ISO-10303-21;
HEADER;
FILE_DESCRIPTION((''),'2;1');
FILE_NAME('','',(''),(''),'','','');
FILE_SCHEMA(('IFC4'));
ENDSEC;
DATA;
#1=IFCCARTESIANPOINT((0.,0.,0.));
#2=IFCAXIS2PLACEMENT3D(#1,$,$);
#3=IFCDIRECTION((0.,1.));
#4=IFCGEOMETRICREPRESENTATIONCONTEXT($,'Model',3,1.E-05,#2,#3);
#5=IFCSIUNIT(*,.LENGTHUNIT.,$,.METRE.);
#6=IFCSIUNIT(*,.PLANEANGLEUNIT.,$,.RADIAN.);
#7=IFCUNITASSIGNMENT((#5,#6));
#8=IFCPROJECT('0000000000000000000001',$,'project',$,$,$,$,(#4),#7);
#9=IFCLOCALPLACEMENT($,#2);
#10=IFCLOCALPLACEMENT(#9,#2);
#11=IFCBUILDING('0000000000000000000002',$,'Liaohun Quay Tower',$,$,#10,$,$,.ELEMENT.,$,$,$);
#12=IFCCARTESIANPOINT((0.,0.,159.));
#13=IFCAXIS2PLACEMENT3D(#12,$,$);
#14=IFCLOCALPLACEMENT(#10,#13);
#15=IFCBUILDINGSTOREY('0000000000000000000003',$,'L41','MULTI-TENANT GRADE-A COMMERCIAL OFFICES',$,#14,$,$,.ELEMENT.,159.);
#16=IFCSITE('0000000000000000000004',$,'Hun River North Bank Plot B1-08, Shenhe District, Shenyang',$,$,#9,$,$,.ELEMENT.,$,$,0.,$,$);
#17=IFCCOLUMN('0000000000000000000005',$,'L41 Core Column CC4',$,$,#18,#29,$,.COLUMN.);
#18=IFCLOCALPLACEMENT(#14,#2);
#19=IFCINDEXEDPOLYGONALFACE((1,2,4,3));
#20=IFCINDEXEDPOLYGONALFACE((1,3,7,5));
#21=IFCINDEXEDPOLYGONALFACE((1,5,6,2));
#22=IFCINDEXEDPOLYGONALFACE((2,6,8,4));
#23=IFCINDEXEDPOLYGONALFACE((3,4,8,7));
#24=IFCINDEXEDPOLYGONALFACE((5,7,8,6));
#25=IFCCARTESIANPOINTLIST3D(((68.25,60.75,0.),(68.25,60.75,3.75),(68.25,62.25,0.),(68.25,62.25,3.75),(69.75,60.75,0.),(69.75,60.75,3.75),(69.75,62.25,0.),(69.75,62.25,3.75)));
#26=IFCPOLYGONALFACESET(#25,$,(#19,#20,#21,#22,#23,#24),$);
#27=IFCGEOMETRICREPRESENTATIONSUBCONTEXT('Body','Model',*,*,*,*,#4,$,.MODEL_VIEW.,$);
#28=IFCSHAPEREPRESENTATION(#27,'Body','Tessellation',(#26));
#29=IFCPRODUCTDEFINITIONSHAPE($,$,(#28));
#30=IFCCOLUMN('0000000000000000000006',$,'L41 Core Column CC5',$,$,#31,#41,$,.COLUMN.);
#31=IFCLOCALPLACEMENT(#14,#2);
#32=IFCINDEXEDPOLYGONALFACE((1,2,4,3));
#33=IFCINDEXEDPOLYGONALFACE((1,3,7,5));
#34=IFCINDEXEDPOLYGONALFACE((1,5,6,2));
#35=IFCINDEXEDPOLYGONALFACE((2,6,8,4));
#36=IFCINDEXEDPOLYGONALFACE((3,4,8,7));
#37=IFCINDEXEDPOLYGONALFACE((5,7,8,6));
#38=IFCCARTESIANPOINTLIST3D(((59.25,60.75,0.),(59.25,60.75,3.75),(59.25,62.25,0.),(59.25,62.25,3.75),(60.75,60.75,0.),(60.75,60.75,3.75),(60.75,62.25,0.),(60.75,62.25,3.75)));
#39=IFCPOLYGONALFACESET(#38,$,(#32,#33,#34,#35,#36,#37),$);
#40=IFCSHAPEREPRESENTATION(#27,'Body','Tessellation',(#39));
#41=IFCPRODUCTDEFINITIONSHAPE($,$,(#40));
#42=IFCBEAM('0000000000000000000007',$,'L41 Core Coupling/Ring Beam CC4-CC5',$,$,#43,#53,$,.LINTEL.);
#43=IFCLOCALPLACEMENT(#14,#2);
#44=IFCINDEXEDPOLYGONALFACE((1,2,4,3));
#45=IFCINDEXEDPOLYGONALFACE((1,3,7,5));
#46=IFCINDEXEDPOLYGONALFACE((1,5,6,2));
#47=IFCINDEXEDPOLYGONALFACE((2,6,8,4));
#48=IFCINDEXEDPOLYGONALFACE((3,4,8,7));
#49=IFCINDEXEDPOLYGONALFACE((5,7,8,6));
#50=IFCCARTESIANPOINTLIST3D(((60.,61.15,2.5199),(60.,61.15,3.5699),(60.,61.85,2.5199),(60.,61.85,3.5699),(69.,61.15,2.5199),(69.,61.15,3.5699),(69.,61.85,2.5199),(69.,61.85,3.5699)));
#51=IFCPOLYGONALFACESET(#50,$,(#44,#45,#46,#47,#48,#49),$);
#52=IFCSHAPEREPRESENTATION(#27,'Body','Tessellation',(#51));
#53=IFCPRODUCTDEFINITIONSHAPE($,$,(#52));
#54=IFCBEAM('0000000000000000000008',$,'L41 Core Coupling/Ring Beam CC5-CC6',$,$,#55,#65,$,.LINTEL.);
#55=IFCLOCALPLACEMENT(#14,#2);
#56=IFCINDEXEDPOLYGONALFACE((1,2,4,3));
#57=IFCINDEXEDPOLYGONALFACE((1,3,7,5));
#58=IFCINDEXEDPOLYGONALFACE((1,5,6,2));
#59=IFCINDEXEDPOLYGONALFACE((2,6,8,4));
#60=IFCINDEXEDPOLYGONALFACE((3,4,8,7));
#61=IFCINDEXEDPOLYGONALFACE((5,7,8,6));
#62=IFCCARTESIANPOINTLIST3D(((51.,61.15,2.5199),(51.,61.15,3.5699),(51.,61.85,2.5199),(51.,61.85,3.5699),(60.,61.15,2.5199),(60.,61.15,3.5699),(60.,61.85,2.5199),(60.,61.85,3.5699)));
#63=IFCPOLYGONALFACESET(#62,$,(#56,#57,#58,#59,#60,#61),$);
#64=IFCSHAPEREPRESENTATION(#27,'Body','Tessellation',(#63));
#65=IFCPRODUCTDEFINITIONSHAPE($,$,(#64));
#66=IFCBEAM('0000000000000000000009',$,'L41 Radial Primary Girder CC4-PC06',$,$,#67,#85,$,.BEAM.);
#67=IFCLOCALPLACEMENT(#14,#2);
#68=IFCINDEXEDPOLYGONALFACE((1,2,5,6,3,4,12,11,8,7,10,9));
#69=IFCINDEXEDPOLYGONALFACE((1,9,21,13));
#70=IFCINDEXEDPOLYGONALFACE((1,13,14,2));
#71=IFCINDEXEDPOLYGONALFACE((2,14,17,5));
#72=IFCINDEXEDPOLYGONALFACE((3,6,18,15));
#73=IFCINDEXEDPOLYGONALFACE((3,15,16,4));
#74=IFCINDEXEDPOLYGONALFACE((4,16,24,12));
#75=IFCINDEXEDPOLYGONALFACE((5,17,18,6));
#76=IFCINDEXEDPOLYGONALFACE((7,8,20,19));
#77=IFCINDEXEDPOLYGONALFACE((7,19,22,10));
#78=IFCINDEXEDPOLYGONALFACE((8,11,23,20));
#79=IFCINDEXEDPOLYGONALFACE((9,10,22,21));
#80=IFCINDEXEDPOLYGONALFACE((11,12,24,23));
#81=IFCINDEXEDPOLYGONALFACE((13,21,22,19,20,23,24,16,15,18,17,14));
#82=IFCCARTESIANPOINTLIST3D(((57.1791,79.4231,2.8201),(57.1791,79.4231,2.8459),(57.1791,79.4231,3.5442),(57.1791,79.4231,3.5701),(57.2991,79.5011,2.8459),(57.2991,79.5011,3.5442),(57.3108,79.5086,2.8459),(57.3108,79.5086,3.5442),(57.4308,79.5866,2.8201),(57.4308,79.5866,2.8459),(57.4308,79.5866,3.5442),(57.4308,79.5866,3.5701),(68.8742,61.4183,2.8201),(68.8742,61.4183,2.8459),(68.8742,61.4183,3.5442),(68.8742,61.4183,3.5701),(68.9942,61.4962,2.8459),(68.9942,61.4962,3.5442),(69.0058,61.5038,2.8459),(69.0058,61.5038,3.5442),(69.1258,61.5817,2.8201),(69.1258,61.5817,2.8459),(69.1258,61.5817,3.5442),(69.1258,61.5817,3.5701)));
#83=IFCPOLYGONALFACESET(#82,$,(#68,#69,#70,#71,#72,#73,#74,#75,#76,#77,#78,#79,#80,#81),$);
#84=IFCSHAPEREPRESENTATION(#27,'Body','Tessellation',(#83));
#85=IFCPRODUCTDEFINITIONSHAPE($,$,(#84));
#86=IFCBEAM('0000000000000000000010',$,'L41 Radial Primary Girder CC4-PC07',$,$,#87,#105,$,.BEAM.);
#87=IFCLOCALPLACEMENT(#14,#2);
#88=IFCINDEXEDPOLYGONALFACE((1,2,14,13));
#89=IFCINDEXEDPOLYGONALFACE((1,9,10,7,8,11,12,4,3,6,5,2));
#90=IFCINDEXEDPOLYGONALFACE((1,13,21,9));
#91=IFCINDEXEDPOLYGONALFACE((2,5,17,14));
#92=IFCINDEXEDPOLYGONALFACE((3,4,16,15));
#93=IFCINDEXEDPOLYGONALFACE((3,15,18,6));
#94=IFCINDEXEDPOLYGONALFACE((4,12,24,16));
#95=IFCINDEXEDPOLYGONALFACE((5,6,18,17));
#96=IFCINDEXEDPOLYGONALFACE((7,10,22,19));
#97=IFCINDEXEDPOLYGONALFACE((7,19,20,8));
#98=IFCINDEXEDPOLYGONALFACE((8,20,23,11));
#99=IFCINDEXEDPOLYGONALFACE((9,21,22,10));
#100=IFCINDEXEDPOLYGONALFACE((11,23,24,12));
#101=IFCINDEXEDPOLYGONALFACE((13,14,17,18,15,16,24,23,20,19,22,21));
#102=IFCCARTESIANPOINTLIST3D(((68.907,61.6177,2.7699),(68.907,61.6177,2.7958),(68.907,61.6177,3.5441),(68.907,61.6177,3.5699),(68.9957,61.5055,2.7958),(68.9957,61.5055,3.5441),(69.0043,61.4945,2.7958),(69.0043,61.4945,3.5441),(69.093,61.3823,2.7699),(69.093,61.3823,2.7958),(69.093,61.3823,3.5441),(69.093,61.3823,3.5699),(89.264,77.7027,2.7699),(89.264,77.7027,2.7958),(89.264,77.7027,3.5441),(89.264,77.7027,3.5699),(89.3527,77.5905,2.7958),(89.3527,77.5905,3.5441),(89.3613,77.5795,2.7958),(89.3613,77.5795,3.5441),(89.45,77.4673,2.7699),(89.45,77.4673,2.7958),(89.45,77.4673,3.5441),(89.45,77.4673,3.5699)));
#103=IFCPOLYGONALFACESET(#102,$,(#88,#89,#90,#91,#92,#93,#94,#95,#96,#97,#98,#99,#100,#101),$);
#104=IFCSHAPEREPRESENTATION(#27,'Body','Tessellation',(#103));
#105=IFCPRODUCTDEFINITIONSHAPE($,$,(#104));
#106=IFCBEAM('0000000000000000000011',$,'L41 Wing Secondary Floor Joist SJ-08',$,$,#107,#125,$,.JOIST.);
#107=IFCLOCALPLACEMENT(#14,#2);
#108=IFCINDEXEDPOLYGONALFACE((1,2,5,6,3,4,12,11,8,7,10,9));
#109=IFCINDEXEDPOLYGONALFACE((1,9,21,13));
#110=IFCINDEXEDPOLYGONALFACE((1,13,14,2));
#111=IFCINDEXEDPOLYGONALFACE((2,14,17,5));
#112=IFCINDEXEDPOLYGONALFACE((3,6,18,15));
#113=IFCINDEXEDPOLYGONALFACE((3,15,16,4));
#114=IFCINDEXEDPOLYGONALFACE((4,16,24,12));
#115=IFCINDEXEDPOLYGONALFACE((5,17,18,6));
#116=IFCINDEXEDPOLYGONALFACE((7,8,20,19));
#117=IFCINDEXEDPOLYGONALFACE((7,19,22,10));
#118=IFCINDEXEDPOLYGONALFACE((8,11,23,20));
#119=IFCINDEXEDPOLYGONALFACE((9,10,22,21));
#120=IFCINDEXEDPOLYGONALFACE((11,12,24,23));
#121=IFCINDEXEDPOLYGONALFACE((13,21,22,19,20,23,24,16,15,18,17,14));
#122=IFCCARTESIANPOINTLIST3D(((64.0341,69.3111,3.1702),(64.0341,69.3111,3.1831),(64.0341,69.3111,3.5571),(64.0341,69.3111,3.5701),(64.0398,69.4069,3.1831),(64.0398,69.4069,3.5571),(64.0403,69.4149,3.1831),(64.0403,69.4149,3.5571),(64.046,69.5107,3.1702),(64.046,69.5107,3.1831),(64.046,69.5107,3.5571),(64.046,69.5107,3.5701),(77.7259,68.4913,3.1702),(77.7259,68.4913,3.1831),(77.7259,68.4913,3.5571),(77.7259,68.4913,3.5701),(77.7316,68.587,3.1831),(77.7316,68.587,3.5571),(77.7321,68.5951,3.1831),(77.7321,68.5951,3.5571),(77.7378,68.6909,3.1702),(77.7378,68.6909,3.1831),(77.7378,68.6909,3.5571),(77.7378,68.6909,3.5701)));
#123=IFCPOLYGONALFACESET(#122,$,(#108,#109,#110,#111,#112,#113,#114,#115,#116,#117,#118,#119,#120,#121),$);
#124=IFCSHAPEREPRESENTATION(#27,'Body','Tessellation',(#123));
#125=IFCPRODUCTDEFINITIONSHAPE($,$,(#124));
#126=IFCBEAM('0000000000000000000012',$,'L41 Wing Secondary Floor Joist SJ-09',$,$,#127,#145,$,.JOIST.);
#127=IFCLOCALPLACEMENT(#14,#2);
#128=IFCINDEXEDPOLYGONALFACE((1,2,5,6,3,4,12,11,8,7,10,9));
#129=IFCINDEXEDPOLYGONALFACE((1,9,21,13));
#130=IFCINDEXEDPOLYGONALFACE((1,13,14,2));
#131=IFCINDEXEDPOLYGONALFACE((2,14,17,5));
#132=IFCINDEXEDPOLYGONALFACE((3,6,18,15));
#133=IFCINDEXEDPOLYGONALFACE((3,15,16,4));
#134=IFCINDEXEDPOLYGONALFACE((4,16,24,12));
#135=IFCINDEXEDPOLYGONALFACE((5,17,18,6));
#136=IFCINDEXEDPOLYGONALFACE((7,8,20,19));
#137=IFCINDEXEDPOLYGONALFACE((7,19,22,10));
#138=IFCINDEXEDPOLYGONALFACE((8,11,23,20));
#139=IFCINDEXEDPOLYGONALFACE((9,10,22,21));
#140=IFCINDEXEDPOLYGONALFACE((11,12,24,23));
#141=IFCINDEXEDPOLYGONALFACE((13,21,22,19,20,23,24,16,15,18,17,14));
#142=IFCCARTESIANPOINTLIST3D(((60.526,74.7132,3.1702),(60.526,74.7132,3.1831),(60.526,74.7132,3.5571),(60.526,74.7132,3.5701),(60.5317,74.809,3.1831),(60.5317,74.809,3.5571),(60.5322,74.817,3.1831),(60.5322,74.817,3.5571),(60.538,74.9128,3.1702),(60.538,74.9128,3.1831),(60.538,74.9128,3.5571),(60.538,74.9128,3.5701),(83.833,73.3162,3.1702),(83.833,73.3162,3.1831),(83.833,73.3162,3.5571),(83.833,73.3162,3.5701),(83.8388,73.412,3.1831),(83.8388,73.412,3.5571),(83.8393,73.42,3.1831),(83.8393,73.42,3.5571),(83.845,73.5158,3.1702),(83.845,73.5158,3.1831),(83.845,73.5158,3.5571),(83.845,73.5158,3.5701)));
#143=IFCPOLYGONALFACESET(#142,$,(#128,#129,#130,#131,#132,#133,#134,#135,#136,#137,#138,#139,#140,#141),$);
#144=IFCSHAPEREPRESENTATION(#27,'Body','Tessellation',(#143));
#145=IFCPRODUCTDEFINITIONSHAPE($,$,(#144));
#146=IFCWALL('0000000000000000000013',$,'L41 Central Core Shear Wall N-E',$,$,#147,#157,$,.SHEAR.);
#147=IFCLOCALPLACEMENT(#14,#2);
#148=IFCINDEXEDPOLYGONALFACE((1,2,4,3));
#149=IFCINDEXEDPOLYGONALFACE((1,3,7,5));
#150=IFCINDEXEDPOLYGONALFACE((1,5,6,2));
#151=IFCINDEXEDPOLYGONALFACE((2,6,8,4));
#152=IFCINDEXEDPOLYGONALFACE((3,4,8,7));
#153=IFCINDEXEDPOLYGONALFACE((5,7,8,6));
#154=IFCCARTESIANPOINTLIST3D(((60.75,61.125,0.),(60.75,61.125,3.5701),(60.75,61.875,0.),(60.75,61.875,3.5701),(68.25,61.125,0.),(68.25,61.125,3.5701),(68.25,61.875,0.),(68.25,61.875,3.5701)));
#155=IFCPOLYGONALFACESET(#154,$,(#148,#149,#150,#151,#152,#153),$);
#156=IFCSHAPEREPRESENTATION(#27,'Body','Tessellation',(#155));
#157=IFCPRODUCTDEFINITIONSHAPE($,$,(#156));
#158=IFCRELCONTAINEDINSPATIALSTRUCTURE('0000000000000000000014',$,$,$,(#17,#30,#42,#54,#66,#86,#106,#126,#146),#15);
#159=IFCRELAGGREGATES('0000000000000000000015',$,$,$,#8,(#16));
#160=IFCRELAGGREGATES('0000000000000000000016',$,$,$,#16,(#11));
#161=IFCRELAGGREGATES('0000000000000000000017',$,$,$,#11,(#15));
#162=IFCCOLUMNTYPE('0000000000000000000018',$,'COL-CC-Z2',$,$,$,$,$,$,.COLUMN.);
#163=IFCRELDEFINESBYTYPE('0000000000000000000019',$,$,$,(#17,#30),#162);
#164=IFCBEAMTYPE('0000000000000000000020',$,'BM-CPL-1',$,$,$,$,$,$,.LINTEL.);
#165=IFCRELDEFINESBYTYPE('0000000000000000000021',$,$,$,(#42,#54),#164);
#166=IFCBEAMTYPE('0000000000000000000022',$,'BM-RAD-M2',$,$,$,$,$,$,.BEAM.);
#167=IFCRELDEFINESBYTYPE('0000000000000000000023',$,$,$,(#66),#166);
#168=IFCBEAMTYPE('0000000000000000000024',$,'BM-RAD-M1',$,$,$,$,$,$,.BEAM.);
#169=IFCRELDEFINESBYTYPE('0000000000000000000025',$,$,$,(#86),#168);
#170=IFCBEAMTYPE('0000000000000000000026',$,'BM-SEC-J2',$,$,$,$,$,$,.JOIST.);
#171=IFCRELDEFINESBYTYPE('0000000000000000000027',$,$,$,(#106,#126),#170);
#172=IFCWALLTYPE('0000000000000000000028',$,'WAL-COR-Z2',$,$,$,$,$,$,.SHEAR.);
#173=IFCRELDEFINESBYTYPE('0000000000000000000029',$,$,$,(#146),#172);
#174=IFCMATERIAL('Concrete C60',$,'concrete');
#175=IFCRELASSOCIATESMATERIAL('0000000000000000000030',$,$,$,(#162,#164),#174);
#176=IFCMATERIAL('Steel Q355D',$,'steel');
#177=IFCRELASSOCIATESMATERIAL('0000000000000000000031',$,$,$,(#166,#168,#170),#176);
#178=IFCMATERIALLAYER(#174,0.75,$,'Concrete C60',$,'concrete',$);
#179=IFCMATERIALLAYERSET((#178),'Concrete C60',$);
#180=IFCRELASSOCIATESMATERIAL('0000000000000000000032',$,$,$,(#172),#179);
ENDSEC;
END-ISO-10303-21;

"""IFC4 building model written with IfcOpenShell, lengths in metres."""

from ifc_helpers import new_model, si_unit, direction, frame, frame_2d, origin, origin_2d, place, context, subcontext, project, spatial, rectangle, i_section, extrude, source, transform, mapped, material, layer, layer_set, material_profile, profile_set, type_object, element, save


model = new_model("IFC4")

# Units and contexts
model_context = context("Model", 3, precision=1e-05, world=origin(), true_north=direction((0.0, 1.0)))
body_context = subcontext(model_context, "Body", "Model", "MODEL_VIEW")
ifc_project = project(units=[si_unit("LENGTHUNIT", "METRE"), si_unit("PLANEANGLEUNIT", "RADIAN")], contexts=[model_context])

# Site, building, storey
site_placement = place(None, origin())
site = spatial("IfcSite", under=ifc_project, at=site_placement, Name="Hun River North Bank Plot B1-08, Shenhe District, Shenyang", CompositionType="ELEMENT", RefElevation=0.0)
building_placement = place(site_placement, origin())
building = spatial("IfcBuilding", under=site, at=building_placement, Name="Liaohun Quay Tower", CompositionType="ELEMENT")
storey_placement = place(building_placement, frame((0.0, 0.0, 159.0)))
storey = spatial("IfcBuildingStorey", under=building, at=storey_placement, Name="L41", Description="MULTI-TENANT GRADE-A COMMERCIAL OFFICES", CompositionType="ELEMENT", Elevation=159.0)

# Columns
ifc_material_1 = material(Name="Concrete C60", Category="concrete")
ifc_material_profile_1 = material_profile(ifc_material_1, rectangle(XDim=1.5, YDim=1.5, at=origin_2d()), Name="RC1500x1500")
ifc_profile_set_1 = profile_set([ifc_material_profile_1], Name="Concrete C60")
column_type = type_object("IfcColumnType", Name="COL-CC-Z2", PredefinedType="COLUMN", material=ifc_profile_set_1)
shared_shape_1 = source(origin(), body_context, "Body", "SweptSolid", [
    extrude(rectangle(XDim=1.5, YDim=1.5, at=origin_2d()), origin(), (0.0, 0.0, 1.0), 3.75),
])
for number, where, z_axis, x_axis, name in (
    (1, (69.0, 61.5, 0.0), (0.0, 0.0, 1.0), (1.0, 0.0, 0.0), "L41 Core Column CC4"),
    (2, (60.0, 61.5, 0.0), (0.0, 0.0, 1.0), (1.0, 0.0, 0.0), "L41 Core Column CC5"),
):
    element("IfcColumn", number, at=place(storey_placement, frame(where, z_axis=z_axis, x_axis=x_axis)), inside=storey, type_object=column_type, Name=name, PredefinedType="COLUMN", context=body_context, shape_type="MappedRepresentation", body=[
        mapped(shared_shape_1, transform((0.0, 0.0, 0.0), x_axis=(1.0, 0.0, 0.0), y_axis=(0.0, 1.0, 0.0), z_axis=(0.0, 0.0, 1.0), scale=1.0)),
    ])

# Beams
ifc_material_profile_2 = material_profile(ifc_material_1, rectangle(XDim=0.7, YDim=1.05, at=origin_2d()), Name="RC700x1050")
ifc_profile_set_2 = profile_set([ifc_material_profile_2], Name="Concrete C60")
beam_type_1 = type_object("IfcBeamType", Name="BM-CPL-1", PredefinedType="LINTEL", material=ifc_profile_set_2)
shared_shape_2 = source(origin(), body_context, "Body", "SweptSolid", [
    extrude(rectangle(XDim=0.7, YDim=1.05, at=origin_2d()), origin(), (0.0, 0.0, 1.0), 9.0),
])
for number, where, z_axis, x_axis, name in (
    (3, (69.0, 61.5, 3.0449), (-1.0, 0.0, 0.0), (0.0, -1.0, 0.0), "L41 Core Coupling/Ring Beam CC4-CC5"),
    (4, (60.0, 61.5, 3.0449), (-1.0, 0.0, 0.0), (0.0, -1.0, 0.0), "L41 Core Coupling/Ring Beam CC5-CC6"),
):
    element("IfcBeam", number, at=place(storey_placement, frame(where, z_axis=z_axis, x_axis=x_axis)), inside=storey, type_object=beam_type_1, Name=name, PredefinedType="LINTEL", context=body_context, shape_type="MappedRepresentation", body=[
        mapped(shared_shape_2, transform((0.0, 0.0, 0.0), x_axis=(1.0, 0.0, 0.0), y_axis=(0.0, 1.0, 0.0), z_axis=(0.0, 0.0, 1.0), scale=1.0)),
    ])
ifc_material_2 = material(Name="Steel Q355D", Category="steel")
ifc_material_profile_3 = material_profile(ifc_material_2, i_section(OverallWidth=0.3, OverallDepth=0.75, WebThickness=0.0139, FlangeThickness=0.0259, at=origin_2d()), Name="HN750x300x14x26")
ifc_profile_set_3 = profile_set([ifc_material_profile_3], Name="Steel Q355D")
beam_type_2 = type_object("IfcBeamType", Name="BM-RAD-M2", PredefinedType="BEAM", material=ifc_profile_set_3)
shared_shape_3 = source(origin(), body_context, "Body", "SweptSolid", [
    extrude(i_section(OverallWidth=0.3, OverallDepth=0.75, WebThickness=0.0139, FlangeThickness=0.0259, at=origin_2d()), origin(), (0.0, 0.0, 1.0), 21.4697),
])
beam_1_placement = place(storey_placement, frame((69.0, 61.5, 3.1951), z_axis=(-0.544723, 0.838616, 0.0), x_axis=(-0.838616, -0.544723, 0.0)))
element("IfcBeam", 5, at=beam_1_placement, inside=storey, type_object=beam_type_2, Name="L41 Radial Primary Girder CC4-PC06", PredefinedType="BEAM", context=body_context, shape_type="MappedRepresentation", body=[
    mapped(shared_shape_3, transform((0.0, 0.0, 0.0), x_axis=(1.0, 0.0, 0.0), y_axis=(0.0, 1.0, 0.0), z_axis=(0.0, 0.0, 1.0), scale=1.0)),
])
ifc_material_profile_4 = material_profile(ifc_material_2, i_section(OverallWidth=0.3, OverallDepth=0.8, WebThickness=0.0139, FlangeThickness=0.0259, at=origin_2d()), Name="HN800x300x14x26")
ifc_profile_set_4 = profile_set([ifc_material_profile_4], Name="Steel Q355D")
beam_type_3 = type_object("IfcBeamType", Name="BM-RAD-M1", PredefinedType="BEAM", material=ifc_profile_set_4)
shared_shape_4 = source(origin(), body_context, "Body", "SweptSolid", [
    extrude(i_section(OverallWidth=0.3, OverallDepth=0.8, WebThickness=0.0139, FlangeThickness=0.0259, at=origin_2d()), origin(), (0.0, 0.0, 1.0), 25.9448),
])
beam_2_placement = place(storey_placement, frame((69.0, 61.5, 3.1699), z_axis=(0.784626, 0.619969, 0.0), x_axis=(-0.619969, 0.784626, 0.0)))
element("IfcBeam", 6, at=beam_2_placement, inside=storey, type_object=beam_type_3, Name="L41 Radial Primary Girder CC4-PC07", PredefinedType="BEAM", context=body_context, shape_type="MappedRepresentation", body=[
    mapped(shared_shape_4, transform((0.0, 0.0, 0.0), x_axis=(1.0, 0.0, 0.0), y_axis=(0.0, 1.0, 0.0), z_axis=(0.0, 0.0, 1.0), scale=1.0)),
])
ifc_material_profile_5 = material_profile(ifc_material_2, i_section(OverallWidth=0.2, OverallDepth=0.3999, WebThickness=0.0081, FlangeThickness=0.0129, at=origin_2d()), Name="HN400x200x8x13")
ifc_profile_set_5 = profile_set([ifc_material_profile_5], Name="Steel Q355D")
beam_type_4 = type_object("IfcBeamType", Name="BM-SEC-J2", PredefinedType="JOIST", material=ifc_profile_set_5)
shared_shape_5 = source(origin(), body_context, "Body", "SweptSolid", [
    extrude(i_section(OverallWidth=0.2, OverallDepth=0.3999, WebThickness=0.0081, FlangeThickness=0.0129, at=origin_2d()), origin(), (0.0, 0.0, 1.0), 13.7163),
])
beam_3_placement = place(storey_placement, frame((64.04, 69.4109, 3.3701), z_axis=(0.998212, -0.05977, 0.0), x_axis=(0.05977, 0.998212, 0.0)))
element("IfcBeam", 7, at=beam_3_placement, inside=storey, type_object=beam_type_4, Name="L41 Wing Secondary Floor Joist SJ-08", PredefinedType="JOIST", context=body_context, shape_type="MappedRepresentation", body=[
    mapped(shared_shape_5, transform((0.0, 0.0, 0.0), x_axis=(1.0, 0.0, 0.0), y_axis=(0.0, 1.0, 0.0), z_axis=(0.0, 0.0, 1.0), scale=1.0)),
])
shared_shape_6 = source(origin(), body_context, "Body", "SweptSolid", [
    extrude(i_section(OverallWidth=0.2, OverallDepth=0.3999, WebThickness=0.0081, FlangeThickness=0.0129, at=origin_2d()), origin(), (0.0, 0.0, 1.0), 23.3489),
])
beam_4_placement = place(storey_placement, frame((60.532, 74.813, 3.3701), z_axis=(0.998209, -0.05983, 0.0), x_axis=(0.05983, 0.998209, 0.0)))
element("IfcBeam", 8, at=beam_4_placement, inside=storey, type_object=beam_type_4, Name="L41 Wing Secondary Floor Joist SJ-09", PredefinedType="JOIST", context=body_context, shape_type="MappedRepresentation", body=[
    mapped(shared_shape_6, transform((0.0, 0.0, 0.0), x_axis=(1.0, 0.0, 0.0), y_axis=(0.0, 1.0, 0.0), z_axis=(0.0, 0.0, 1.0), scale=1.0)),
])

# Wall
ifc_layer_1 = layer(ifc_material_1, 0.75, Name="Concrete C60", Category="concrete")
ifc_layer_set_1 = layer_set([ifc_layer_1], Name="Concrete C60")
wall_type_1 = type_object("IfcWallType", Name="WAL-COR-Z2", PredefinedType="SHEAR", material=ifc_layer_set_1)
wall_1_placement = place(storey_placement, frame((60.75, 61.5, 0.0), z_axis=(0.0, 0.0, 1.0), x_axis=(1.0, 0.0, 0.0)))
element("IfcWall", 9, at=wall_1_placement, inside=storey, type_object=wall_type_1, Name="L41 Central Core Shear Wall N-E", PredefinedType="SHEAR", context=body_context, shape_type="SweptSolid", body=[
    extrude(rectangle(XDim=7.5, YDim=0.75, at=frame_2d((3.75, 0.0))), origin(), (0.0, 0.0, 1.0), 3.5701),
])

save(model, "model.ifc")
